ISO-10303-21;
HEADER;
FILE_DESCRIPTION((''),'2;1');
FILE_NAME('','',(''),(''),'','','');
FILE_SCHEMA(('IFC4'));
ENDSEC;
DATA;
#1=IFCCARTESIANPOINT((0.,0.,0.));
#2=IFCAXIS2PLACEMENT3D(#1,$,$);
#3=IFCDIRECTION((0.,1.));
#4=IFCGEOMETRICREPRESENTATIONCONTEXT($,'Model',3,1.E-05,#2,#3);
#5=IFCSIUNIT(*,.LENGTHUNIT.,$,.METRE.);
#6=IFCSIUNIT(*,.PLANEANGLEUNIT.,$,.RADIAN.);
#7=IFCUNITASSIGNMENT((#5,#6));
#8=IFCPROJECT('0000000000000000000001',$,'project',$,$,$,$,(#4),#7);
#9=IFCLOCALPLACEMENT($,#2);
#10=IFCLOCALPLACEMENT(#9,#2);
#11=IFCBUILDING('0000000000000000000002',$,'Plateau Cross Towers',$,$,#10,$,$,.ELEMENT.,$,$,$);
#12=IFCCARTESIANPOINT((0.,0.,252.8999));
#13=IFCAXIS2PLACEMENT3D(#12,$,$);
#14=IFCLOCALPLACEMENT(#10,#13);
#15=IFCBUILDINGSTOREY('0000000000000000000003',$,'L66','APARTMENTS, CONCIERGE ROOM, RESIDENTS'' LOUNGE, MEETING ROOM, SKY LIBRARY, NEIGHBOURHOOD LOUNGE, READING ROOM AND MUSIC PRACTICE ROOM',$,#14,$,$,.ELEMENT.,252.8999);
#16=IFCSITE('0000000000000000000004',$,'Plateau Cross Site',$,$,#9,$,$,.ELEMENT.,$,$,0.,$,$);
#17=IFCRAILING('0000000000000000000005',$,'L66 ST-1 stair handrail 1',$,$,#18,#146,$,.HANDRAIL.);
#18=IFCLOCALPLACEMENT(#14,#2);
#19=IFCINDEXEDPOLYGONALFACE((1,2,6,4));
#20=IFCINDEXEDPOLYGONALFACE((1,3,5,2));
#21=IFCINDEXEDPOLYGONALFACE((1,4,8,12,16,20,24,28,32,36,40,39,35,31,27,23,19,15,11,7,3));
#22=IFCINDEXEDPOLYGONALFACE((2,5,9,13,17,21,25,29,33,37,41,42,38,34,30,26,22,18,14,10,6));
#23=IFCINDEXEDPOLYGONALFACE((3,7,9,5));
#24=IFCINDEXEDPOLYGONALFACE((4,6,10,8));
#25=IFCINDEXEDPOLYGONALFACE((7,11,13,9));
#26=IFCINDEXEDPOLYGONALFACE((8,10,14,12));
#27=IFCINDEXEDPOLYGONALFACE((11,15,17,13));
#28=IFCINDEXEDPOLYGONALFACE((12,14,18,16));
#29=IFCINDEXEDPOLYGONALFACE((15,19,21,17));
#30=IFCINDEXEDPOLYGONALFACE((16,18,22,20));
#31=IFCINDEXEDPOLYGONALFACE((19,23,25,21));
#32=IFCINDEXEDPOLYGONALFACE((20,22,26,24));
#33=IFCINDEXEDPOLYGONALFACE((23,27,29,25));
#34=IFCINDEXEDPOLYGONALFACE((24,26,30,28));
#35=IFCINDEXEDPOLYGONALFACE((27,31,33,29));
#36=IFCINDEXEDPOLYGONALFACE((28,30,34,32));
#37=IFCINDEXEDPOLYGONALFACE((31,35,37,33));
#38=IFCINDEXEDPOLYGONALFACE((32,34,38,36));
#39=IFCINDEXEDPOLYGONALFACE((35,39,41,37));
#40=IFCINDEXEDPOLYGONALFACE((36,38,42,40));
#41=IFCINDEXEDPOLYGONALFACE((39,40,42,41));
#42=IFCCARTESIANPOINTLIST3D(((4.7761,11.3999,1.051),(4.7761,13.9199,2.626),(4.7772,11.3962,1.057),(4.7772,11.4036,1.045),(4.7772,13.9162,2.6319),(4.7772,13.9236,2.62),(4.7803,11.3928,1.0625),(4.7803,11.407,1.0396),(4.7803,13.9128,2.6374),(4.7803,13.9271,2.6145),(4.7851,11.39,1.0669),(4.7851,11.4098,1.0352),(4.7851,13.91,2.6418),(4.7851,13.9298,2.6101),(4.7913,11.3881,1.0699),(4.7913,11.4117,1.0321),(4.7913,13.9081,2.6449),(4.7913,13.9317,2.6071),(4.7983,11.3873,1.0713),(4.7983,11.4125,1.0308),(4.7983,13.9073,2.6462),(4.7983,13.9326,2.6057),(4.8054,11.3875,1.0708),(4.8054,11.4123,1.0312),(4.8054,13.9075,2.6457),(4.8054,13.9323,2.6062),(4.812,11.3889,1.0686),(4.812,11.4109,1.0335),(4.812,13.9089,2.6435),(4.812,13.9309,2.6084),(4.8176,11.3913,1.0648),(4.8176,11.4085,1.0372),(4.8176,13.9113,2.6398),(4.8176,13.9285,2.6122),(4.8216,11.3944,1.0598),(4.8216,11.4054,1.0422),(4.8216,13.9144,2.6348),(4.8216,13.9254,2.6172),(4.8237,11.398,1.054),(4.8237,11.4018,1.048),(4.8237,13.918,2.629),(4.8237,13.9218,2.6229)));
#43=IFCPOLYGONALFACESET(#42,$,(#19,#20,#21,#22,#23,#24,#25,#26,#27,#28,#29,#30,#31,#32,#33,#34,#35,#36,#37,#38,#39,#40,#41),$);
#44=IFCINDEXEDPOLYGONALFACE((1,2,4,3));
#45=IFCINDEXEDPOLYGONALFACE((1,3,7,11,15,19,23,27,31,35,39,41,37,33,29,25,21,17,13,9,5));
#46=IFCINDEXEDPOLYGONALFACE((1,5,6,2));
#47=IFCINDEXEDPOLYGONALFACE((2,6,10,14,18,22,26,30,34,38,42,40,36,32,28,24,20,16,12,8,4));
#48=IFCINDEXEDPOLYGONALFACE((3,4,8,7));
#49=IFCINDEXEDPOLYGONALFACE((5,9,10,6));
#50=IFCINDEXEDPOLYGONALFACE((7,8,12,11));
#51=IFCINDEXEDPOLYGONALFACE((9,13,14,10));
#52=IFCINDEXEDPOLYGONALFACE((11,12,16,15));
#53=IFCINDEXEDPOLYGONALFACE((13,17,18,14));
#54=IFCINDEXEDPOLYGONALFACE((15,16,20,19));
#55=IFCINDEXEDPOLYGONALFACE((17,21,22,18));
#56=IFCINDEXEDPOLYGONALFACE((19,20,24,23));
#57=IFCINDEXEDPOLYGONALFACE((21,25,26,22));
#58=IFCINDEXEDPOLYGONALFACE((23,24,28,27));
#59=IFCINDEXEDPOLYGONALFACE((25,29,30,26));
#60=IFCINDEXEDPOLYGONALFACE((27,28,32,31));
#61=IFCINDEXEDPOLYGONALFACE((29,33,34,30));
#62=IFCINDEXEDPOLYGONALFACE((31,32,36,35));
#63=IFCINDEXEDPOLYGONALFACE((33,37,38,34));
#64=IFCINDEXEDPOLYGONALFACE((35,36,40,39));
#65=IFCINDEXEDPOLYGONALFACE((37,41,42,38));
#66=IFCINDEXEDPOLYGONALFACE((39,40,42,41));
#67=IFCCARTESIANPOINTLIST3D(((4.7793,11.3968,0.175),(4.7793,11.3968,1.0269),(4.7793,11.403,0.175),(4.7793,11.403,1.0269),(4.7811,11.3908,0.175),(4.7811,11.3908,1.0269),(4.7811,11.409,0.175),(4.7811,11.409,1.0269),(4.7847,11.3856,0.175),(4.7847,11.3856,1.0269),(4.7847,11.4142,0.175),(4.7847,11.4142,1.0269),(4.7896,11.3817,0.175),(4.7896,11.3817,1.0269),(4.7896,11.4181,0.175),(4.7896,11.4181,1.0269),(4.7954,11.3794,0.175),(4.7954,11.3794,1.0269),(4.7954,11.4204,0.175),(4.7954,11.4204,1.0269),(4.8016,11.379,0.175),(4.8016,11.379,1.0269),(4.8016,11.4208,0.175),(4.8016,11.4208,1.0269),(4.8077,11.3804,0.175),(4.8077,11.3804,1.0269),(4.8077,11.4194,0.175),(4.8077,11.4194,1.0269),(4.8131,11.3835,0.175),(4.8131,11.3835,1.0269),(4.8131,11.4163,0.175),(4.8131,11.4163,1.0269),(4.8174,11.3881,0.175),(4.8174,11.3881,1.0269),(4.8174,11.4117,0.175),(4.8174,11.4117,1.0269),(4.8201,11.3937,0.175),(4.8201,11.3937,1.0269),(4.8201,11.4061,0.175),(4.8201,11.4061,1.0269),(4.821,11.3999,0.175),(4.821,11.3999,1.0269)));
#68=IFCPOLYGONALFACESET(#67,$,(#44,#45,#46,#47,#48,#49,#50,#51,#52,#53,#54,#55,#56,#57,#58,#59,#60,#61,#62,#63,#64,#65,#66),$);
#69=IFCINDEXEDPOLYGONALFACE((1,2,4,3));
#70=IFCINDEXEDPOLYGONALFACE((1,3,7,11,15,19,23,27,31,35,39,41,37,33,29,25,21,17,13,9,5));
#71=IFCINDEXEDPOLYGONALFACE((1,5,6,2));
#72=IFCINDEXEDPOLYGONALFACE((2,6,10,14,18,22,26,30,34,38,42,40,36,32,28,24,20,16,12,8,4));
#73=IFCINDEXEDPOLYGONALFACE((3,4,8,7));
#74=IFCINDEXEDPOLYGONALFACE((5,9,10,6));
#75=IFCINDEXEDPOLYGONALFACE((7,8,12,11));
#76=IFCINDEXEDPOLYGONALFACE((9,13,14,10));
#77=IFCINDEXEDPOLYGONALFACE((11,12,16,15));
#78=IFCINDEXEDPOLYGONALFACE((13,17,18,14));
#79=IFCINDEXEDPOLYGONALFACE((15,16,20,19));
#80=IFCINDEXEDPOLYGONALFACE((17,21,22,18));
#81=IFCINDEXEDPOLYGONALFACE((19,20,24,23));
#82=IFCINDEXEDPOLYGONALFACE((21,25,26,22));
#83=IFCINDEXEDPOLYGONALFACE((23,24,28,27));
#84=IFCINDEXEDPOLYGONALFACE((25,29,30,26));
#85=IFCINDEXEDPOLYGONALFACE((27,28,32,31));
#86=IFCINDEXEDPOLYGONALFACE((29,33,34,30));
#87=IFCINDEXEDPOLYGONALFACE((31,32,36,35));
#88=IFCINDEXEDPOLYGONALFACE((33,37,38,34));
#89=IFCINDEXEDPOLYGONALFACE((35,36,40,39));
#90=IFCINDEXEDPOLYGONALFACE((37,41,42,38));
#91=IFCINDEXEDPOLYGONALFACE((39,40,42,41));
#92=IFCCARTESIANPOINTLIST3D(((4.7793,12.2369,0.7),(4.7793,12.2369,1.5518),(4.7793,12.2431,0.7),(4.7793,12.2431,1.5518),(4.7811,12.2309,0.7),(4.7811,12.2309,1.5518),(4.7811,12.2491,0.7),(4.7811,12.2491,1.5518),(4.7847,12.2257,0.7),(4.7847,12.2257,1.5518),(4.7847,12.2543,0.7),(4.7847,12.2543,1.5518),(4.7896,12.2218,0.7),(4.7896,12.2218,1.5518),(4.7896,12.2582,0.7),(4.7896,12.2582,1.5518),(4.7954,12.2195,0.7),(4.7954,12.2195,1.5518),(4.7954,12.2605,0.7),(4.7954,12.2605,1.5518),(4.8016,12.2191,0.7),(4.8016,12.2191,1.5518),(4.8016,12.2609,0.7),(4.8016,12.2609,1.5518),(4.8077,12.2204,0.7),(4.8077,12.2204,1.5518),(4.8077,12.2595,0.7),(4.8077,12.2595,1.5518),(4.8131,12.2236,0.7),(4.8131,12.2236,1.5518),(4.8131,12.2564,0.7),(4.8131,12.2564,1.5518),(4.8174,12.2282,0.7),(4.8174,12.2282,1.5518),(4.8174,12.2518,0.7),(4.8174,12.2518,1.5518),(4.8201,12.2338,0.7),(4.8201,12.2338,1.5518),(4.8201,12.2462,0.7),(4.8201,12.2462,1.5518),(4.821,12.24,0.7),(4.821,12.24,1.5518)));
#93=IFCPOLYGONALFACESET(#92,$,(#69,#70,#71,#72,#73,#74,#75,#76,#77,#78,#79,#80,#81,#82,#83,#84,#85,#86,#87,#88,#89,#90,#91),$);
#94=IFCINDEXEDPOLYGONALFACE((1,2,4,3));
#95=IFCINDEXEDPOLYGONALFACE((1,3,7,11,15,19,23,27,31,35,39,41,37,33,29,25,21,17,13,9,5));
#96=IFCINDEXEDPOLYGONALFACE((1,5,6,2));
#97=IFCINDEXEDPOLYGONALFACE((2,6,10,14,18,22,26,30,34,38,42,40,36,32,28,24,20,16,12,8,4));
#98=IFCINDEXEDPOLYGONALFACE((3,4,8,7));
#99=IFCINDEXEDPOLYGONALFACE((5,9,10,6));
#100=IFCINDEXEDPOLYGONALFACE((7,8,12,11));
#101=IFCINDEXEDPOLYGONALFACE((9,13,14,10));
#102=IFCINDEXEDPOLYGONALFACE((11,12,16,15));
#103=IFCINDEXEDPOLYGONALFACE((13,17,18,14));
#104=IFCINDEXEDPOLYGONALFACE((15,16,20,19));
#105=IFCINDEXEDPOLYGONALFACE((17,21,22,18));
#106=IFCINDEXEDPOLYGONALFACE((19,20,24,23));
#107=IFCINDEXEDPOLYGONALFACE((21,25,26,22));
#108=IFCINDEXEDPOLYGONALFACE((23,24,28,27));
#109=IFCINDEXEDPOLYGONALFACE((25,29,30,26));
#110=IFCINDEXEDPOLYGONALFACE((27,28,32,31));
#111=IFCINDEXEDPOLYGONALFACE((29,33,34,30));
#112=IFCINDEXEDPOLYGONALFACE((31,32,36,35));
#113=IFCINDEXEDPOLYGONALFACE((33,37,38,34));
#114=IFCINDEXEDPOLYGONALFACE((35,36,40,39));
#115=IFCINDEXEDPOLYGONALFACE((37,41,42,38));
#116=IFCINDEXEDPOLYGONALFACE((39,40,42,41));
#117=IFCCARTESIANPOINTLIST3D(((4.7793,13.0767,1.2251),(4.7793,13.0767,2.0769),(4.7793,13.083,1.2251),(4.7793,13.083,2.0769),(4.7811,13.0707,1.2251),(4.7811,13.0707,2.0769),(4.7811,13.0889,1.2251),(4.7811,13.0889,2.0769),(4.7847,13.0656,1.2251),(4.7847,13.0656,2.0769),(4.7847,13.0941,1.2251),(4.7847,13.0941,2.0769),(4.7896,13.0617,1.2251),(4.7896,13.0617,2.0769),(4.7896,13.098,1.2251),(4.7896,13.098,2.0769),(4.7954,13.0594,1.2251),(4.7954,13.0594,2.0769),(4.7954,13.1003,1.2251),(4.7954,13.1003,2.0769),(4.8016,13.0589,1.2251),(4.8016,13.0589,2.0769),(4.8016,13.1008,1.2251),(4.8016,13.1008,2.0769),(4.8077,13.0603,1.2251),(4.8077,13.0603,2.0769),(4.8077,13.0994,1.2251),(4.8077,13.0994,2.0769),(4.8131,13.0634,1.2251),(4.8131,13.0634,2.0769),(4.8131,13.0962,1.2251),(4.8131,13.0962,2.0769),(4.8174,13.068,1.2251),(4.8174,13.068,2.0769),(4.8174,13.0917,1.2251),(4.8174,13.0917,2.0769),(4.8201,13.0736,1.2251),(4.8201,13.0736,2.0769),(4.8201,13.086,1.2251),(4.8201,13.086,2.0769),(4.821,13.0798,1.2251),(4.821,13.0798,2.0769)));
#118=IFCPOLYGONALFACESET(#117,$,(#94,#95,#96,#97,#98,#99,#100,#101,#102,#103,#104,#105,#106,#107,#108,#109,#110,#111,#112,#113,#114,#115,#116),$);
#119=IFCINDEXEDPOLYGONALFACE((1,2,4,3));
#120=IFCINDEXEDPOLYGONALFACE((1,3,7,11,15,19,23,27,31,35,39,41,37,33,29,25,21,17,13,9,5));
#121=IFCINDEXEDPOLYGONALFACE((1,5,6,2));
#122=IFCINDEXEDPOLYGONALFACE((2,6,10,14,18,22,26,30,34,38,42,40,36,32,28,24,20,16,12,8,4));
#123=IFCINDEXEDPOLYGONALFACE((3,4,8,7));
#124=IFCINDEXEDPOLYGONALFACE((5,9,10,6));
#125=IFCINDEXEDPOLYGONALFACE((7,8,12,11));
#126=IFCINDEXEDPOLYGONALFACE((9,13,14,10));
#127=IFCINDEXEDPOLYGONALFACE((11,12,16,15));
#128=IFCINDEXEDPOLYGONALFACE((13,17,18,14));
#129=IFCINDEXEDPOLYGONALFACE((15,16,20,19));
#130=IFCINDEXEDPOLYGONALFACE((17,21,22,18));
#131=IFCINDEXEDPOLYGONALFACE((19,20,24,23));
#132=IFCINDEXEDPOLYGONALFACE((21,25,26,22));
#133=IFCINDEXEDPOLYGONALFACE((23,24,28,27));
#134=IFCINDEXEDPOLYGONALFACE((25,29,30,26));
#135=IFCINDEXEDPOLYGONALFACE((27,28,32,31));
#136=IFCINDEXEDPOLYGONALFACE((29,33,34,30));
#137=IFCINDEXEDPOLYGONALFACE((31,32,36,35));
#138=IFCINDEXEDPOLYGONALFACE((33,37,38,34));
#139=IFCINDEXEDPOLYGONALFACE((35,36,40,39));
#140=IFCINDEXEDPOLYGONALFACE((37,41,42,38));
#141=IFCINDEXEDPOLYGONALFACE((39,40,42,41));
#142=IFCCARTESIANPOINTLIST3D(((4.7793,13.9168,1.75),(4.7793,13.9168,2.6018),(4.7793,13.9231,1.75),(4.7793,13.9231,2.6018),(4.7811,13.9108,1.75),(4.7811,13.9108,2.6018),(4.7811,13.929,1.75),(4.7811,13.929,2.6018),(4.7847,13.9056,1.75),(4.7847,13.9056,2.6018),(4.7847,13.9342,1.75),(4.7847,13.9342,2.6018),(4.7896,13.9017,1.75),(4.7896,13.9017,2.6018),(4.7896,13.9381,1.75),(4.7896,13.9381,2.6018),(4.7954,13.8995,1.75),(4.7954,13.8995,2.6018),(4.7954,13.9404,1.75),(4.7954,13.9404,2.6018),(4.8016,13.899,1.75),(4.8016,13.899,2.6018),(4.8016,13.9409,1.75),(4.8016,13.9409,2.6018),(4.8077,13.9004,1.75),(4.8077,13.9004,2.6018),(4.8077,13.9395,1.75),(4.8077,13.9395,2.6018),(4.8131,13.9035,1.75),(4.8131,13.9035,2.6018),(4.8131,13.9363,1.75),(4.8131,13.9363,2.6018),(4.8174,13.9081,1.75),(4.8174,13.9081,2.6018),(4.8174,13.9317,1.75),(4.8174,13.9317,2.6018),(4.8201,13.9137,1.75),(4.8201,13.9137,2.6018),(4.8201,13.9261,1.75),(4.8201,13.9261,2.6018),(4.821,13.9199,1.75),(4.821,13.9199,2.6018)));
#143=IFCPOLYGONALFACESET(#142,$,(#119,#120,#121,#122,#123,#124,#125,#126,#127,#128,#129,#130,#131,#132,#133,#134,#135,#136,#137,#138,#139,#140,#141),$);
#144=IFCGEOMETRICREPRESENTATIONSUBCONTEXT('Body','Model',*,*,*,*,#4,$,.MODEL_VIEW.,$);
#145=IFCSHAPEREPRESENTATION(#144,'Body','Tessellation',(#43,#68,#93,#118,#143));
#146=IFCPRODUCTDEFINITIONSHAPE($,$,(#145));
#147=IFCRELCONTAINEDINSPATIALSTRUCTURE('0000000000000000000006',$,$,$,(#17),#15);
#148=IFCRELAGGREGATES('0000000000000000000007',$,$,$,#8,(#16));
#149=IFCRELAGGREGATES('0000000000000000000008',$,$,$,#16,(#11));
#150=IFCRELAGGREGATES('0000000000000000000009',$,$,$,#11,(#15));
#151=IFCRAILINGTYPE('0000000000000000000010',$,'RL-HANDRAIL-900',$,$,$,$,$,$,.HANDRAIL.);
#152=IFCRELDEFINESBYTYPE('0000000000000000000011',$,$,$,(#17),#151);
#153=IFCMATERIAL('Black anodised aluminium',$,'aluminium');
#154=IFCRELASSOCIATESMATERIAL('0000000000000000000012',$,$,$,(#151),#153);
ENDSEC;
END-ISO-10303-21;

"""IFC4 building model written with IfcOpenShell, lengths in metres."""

from ifc_helpers import new_model, si_unit, direction, frame, origin, origin_2d, place, context, subcontext, project, spatial, circle, extrude, material, type_object, element, save


model = new_model("IFC4")

# Units and contexts
model_context = context("Model", 3, precision=1e-05, world=origin(), true_north=direction((0.0, 1.0)))
body_context = subcontext(model_context, "Body", "Model", "MODEL_VIEW")
ifc_project = project(units=[si_unit("LENGTHUNIT", "METRE"), si_unit("PLANEANGLEUNIT", "RADIAN")], contexts=[model_context])

# Site, building, storey
site_placement = place(None, origin())
site = spatial("IfcSite", under=ifc_project, at=site_placement, Name="Plateau Cross Site", CompositionType="ELEMENT", RefElevation=0.0)
building_placement = place(site_placement, origin())
building = spatial("IfcBuilding", under=site, at=building_placement, Name="Plateau Cross Towers", CompositionType="ELEMENT")
storey_placement = place(building_placement, frame((0.0, 0.0, 252.8999)))
storey = spatial("IfcBuildingStorey", under=building, at=storey_placement, Name="L66", Description="APARTMENTS, CONCIERGE ROOM, RESIDENTS' LOUNGE, MEETING ROOM, SKY LIBRARY, NEIGHBOURHOOD LOUNGE, READING ROOM AND MUSIC PRACTICE ROOM", CompositionType="ELEMENT", Elevation=252.8999)

# Shared definitions
ifc_material_1 = material(Name="Black anodised aluminium", Category="aluminium")

# Railing
railing_type_1 = type_object("IfcRailingType", Name="RL-HANDRAIL-900", PredefinedType="HANDRAIL", material=ifc_material_1)
railing_1_placement = place(storey_placement, frame((4.8, 11.3999, 0.175)))
element("IfcRailing", 1, at=railing_1_placement, inside=storey, type_object=railing_type_1, Name="L66 ST-1 stair handrail 1", PredefinedType="HANDRAIL", context=body_context, shape_type="SweptSolid", body=[
    extrude(circle(Radius=0.0239, at=origin_2d()), frame((0.0, 0.0, 0.876), z_axis=(0.0, 0.848008, 0.529984), x_axis=(-1.0, 0.0, 0.0)), (0.0, 0.0, 1.0), 2.9717),
    extrude(circle(Radius=0.021, at=origin_2d()), origin(), (0.0, 0.0, 1.0), 0.8518),
    extrude(circle(Radius=0.021, at=origin_2d()), frame((0.0, 0.8401, 0.5249)), (0.0, 0.0, 1.0), 0.8518),
    extrude(circle(Radius=0.021, at=origin_2d()), frame((0.0, 1.6799, 1.05)), (0.0, 0.0, 1.0), 0.8518),
    extrude(circle(Radius=0.021, at=origin_2d()), frame((0.0, 2.52, 1.575)), (0.0, 0.0, 1.0), 0.8518),
])

save(model, "model.ifc")
